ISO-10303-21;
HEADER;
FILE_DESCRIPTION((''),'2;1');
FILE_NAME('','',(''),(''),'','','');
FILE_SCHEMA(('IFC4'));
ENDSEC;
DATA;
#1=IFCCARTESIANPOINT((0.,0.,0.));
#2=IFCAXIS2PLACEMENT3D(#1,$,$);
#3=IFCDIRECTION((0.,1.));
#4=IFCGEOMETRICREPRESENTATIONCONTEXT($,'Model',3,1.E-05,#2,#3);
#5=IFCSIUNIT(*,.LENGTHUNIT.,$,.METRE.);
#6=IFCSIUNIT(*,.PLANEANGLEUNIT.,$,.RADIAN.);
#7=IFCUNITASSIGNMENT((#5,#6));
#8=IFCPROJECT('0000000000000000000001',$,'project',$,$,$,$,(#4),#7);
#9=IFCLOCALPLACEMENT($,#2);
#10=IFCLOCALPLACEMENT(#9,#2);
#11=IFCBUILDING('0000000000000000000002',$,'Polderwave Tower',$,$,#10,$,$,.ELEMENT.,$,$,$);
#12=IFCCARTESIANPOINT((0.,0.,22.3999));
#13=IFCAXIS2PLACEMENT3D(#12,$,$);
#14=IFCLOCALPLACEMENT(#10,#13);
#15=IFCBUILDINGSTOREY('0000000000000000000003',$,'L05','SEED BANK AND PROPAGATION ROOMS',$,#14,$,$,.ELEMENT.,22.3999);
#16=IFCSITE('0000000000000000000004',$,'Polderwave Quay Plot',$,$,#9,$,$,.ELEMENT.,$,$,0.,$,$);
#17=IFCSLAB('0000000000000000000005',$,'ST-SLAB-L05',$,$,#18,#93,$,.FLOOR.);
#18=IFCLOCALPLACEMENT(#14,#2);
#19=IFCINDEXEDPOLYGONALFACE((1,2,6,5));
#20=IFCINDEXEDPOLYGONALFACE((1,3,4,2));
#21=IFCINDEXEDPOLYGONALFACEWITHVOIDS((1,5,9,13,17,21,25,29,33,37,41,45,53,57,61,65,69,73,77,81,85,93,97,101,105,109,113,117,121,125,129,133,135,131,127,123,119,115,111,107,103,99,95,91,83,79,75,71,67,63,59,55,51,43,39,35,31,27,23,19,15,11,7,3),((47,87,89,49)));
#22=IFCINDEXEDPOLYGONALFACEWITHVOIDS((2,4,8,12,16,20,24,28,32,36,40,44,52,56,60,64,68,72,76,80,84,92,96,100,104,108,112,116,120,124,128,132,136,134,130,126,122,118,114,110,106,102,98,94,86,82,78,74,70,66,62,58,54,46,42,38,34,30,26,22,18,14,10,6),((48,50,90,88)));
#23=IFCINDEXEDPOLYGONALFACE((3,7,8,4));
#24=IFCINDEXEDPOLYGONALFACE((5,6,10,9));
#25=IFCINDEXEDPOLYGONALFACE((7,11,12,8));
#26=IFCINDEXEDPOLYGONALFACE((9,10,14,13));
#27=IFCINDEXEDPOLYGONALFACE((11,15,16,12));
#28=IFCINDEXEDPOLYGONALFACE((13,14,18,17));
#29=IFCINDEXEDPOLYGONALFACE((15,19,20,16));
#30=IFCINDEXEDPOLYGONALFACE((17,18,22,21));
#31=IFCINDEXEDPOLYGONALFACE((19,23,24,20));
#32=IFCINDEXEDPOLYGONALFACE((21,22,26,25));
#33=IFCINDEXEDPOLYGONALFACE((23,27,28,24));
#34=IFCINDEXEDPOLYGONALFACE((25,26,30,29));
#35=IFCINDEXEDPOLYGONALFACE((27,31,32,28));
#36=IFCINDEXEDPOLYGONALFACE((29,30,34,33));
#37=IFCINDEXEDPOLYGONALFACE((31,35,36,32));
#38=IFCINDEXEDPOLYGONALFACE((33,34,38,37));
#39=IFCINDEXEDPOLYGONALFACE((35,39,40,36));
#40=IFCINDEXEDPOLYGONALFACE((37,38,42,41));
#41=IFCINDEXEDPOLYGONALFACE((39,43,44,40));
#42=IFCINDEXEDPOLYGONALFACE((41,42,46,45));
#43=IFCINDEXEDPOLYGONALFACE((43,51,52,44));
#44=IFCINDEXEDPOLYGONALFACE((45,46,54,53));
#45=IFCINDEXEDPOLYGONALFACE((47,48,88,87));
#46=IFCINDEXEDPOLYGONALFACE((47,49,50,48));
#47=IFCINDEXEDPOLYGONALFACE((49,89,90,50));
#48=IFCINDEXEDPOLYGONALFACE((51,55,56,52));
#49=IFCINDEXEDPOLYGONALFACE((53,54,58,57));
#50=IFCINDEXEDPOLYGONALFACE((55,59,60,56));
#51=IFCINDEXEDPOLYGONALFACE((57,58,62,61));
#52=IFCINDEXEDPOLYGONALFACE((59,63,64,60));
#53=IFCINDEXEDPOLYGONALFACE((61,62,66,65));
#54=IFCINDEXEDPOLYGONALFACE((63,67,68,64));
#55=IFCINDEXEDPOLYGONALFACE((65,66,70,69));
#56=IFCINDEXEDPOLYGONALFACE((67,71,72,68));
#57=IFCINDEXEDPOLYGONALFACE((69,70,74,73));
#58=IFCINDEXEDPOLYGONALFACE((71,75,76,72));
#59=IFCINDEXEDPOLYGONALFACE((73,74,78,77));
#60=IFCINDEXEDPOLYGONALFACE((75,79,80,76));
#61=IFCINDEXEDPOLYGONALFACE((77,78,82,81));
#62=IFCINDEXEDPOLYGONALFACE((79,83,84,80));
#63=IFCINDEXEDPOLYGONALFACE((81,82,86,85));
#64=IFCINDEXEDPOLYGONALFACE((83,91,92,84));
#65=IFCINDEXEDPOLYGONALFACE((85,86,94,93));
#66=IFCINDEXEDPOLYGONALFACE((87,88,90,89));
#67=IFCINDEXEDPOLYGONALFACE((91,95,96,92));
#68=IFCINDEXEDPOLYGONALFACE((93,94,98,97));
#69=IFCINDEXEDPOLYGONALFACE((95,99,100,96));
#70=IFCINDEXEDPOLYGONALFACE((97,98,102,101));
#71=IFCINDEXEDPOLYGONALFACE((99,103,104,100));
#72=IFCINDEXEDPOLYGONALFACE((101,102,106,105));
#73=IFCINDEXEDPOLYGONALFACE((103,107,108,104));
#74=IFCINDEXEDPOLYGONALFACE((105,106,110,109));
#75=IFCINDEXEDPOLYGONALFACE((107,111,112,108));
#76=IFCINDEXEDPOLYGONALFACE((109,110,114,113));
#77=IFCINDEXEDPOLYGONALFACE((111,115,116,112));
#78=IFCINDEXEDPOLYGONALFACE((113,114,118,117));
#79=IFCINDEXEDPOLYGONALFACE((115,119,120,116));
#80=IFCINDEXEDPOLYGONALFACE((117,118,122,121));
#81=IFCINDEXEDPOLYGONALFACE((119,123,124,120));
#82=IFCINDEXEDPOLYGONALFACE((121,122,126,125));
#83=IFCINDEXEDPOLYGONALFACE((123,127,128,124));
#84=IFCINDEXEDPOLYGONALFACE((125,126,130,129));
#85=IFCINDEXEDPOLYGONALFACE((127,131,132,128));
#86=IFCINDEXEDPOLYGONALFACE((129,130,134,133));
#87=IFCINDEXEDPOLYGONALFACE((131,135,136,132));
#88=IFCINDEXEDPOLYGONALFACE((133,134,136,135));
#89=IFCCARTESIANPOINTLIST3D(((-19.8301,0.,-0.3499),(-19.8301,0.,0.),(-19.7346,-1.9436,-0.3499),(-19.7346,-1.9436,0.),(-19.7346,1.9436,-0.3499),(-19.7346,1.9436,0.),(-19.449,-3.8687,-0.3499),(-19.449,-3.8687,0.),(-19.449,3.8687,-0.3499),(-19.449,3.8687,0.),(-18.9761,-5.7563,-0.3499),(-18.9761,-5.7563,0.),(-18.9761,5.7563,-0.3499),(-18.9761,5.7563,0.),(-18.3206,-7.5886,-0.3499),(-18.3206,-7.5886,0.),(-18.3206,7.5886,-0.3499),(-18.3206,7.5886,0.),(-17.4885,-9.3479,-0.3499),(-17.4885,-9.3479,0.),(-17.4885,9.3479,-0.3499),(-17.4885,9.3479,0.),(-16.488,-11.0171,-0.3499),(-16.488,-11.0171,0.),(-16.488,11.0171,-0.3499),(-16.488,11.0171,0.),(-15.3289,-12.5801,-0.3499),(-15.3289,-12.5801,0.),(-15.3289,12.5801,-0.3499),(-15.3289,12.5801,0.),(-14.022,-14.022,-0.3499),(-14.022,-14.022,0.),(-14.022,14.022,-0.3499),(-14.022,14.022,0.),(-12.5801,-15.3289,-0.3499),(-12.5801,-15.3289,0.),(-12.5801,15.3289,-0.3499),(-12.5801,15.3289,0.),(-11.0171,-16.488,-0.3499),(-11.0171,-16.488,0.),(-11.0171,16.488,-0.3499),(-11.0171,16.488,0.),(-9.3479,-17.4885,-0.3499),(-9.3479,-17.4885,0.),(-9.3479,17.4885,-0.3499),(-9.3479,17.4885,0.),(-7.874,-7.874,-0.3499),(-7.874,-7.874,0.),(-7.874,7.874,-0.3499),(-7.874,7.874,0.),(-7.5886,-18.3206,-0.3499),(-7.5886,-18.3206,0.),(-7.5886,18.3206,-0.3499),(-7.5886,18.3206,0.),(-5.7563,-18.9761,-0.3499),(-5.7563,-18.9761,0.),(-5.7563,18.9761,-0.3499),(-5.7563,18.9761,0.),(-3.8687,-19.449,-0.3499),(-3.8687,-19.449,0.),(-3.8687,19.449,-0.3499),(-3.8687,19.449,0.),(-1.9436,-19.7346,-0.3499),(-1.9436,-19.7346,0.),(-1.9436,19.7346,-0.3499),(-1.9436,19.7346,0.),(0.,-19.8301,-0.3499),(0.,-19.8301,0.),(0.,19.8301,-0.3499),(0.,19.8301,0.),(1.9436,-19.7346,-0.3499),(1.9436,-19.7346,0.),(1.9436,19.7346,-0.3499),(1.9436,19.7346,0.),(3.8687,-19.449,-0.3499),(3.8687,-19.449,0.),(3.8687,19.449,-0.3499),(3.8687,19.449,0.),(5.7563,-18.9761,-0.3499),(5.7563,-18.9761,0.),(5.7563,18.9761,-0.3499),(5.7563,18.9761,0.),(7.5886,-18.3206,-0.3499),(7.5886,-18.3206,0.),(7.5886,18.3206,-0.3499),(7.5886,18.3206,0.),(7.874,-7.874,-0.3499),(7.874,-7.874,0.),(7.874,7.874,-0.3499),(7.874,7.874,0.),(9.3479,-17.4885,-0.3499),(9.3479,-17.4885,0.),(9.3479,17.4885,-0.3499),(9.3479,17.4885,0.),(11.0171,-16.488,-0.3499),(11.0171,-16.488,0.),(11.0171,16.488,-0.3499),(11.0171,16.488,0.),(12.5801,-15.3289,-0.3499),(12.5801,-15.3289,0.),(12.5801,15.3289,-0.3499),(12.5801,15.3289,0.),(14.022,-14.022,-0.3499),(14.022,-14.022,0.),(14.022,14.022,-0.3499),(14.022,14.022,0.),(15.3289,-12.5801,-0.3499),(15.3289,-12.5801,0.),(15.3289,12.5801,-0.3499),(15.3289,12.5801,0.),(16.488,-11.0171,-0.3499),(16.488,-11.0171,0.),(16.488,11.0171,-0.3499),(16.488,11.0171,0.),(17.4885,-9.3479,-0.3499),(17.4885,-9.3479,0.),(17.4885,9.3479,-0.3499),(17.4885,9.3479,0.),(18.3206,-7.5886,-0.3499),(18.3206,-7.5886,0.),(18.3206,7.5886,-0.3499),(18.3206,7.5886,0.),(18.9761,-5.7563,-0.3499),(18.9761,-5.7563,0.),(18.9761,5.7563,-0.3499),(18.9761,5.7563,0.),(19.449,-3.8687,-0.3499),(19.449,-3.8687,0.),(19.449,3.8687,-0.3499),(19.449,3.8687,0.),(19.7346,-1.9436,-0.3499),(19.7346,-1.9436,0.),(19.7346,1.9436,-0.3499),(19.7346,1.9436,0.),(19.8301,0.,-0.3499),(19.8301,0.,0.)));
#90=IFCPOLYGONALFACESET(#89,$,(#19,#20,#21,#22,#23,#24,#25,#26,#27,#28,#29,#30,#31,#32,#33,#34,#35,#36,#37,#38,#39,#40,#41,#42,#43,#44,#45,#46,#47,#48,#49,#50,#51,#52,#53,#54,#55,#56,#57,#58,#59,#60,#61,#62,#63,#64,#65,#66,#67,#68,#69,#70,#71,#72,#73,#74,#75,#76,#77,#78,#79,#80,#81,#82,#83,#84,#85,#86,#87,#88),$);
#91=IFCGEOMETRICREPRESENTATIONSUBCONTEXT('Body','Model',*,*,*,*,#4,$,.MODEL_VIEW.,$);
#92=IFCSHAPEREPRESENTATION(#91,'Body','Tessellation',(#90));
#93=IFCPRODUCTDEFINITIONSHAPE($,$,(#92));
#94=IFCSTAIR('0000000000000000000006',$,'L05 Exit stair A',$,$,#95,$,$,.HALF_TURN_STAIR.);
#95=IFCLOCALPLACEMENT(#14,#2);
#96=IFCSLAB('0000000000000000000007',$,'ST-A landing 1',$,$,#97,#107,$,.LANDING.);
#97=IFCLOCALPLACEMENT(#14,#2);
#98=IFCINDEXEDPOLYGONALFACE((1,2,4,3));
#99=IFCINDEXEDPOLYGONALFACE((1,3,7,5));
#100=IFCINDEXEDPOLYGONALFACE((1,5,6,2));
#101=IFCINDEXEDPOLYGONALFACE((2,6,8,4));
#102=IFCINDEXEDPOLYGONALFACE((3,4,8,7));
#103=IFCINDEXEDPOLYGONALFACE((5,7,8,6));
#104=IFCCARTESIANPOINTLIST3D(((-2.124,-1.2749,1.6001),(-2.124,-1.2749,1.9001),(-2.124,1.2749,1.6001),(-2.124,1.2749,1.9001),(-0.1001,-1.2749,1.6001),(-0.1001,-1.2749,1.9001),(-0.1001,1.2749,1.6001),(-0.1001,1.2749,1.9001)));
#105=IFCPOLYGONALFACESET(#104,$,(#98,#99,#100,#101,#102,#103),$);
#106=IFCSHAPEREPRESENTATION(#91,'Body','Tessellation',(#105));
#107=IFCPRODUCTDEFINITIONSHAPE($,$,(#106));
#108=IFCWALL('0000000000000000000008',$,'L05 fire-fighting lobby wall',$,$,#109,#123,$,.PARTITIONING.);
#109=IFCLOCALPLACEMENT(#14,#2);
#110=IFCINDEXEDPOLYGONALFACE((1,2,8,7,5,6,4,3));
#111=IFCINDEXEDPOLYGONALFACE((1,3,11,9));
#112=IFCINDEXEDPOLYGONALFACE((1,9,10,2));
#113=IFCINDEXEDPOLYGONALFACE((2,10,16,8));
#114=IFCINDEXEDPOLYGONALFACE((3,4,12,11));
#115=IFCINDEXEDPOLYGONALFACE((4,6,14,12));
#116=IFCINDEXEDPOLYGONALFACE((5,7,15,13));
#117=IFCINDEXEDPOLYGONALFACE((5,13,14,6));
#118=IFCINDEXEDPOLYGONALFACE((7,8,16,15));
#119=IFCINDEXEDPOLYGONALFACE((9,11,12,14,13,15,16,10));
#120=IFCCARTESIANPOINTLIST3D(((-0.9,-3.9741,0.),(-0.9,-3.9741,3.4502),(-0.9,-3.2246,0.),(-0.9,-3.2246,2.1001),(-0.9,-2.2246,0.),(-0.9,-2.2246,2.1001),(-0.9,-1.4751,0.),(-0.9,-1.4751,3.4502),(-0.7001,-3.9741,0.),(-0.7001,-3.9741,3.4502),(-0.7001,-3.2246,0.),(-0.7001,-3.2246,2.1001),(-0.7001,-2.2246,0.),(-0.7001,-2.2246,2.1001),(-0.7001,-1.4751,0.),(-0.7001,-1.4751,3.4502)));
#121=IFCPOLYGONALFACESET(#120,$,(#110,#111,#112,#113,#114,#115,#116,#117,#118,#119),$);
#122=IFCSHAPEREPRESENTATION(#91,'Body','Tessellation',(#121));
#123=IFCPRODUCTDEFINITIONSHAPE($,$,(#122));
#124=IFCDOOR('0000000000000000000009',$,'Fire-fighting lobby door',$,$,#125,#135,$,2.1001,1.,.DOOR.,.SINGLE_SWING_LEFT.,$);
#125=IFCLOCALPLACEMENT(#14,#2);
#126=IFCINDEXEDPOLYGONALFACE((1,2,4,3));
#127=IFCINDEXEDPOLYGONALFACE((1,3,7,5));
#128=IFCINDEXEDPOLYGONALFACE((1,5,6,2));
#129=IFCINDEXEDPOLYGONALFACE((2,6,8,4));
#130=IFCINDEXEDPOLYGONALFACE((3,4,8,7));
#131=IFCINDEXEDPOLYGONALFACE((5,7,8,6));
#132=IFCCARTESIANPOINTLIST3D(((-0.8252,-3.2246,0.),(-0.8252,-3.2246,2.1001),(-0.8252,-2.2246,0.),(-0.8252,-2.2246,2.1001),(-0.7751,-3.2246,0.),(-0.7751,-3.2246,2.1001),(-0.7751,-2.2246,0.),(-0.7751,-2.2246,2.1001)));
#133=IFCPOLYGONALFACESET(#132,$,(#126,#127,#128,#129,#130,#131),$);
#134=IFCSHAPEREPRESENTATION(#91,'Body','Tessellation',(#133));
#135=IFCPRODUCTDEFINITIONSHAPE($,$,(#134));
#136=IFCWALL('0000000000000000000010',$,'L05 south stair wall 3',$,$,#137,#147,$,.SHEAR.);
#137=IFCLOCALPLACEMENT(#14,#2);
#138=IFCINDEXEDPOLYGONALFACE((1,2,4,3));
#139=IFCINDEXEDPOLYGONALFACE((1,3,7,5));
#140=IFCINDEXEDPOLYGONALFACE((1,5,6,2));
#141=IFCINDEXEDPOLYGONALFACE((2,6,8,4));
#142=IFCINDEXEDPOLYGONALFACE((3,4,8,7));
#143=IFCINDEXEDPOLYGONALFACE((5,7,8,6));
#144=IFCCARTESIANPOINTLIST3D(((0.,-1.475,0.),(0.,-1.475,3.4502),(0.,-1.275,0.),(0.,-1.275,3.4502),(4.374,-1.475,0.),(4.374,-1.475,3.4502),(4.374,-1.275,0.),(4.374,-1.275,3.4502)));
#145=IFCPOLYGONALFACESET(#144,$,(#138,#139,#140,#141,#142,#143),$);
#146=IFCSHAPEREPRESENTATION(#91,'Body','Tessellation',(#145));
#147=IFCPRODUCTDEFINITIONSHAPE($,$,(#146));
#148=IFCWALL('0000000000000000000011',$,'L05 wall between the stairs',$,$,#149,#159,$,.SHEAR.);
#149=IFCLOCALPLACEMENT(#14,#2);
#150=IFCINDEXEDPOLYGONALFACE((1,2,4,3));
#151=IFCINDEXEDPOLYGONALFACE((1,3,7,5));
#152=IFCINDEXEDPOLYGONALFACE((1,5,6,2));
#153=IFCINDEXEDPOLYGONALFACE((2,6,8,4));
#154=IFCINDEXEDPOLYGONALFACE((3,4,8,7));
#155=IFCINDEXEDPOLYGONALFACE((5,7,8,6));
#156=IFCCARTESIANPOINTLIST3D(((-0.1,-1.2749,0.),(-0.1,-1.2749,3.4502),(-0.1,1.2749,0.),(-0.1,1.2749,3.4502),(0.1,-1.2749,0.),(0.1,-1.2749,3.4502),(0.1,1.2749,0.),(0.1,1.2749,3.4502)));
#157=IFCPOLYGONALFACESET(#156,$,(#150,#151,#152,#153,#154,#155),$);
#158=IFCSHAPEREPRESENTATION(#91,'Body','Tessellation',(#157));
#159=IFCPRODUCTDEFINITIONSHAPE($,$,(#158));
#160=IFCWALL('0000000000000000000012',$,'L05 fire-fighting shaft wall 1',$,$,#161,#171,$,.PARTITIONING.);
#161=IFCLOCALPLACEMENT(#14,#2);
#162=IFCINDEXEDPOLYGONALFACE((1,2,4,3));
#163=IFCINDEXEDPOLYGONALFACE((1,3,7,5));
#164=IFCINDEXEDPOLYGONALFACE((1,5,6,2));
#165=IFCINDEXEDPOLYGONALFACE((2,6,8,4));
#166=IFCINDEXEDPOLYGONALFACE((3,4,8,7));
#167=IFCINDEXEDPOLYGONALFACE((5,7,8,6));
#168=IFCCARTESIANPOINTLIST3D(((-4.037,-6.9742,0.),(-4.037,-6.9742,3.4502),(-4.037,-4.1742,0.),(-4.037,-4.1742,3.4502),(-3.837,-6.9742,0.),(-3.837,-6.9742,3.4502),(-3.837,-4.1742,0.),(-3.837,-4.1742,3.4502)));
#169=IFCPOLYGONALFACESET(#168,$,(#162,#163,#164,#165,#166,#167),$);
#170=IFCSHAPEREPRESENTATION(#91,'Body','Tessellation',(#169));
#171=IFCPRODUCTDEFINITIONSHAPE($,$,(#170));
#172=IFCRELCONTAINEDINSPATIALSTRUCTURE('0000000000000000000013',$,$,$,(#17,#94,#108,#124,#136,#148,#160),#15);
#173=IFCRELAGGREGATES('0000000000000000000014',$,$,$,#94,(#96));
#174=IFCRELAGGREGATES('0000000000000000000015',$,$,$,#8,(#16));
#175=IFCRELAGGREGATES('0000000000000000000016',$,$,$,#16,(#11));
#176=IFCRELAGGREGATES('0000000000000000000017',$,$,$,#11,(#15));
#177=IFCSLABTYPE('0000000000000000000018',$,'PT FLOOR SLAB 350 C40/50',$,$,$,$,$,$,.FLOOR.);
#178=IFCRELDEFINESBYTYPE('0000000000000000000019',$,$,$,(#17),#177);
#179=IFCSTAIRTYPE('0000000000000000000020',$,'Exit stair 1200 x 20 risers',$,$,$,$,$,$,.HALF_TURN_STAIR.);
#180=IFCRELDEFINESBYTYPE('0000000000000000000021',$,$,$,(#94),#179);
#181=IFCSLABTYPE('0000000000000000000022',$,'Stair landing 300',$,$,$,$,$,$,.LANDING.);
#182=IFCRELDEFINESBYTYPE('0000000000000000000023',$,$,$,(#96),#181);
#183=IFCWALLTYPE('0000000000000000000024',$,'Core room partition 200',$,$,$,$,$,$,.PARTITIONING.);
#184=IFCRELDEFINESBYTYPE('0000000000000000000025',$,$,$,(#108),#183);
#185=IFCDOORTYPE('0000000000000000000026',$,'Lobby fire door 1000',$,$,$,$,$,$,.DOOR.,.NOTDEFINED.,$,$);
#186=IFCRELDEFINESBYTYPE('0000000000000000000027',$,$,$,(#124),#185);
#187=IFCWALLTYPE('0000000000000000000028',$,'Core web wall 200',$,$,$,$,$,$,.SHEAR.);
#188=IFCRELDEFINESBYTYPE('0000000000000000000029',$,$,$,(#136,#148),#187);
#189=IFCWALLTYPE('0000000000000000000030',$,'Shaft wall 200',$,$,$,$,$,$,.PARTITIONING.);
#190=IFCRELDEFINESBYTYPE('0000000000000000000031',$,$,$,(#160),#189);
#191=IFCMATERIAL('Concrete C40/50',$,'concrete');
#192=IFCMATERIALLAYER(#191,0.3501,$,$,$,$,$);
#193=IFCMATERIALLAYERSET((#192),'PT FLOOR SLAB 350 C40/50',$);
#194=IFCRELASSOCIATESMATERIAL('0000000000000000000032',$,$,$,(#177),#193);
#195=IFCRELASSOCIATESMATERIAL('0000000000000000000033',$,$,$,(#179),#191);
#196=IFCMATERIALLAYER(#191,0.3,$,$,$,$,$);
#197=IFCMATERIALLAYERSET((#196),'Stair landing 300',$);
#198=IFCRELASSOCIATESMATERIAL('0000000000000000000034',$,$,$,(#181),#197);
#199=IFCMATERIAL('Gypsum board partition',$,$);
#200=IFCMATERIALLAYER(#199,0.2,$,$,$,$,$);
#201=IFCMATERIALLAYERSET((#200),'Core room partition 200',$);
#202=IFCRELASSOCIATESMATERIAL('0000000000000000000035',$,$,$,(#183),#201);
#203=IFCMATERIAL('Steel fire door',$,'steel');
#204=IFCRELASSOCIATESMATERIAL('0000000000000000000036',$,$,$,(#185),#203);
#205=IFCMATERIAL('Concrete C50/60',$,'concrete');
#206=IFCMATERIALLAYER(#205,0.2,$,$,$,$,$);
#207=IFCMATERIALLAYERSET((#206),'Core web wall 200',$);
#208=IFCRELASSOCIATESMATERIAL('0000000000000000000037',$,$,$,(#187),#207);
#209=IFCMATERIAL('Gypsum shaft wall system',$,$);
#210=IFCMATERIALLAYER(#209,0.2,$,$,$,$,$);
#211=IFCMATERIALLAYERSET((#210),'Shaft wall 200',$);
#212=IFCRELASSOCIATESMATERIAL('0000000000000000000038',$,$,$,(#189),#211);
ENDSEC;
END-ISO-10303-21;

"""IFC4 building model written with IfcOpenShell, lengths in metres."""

from ifc_helpers import new_model, si_unit, direction, frame, frame_2d, origin, place, context, subcontext, project, spatial, polyline, rectangle, outline, extrude, material, layer, layer_set, type_object, element, fill, aggregate, save


model = new_model("IFC4")

# Units and contexts
model_context = context("Model", 3, precision=1e-05, world=origin(), true_north=direction((0.0, 1.0)))
body_context = subcontext(model_context, "Body", "Model", "MODEL_VIEW")
ifc_project = project(units=[si_unit("LENGTHUNIT", "METRE"), si_unit("PLANEANGLEUNIT", "RADIAN")], contexts=[model_context])

# Site, building, storey
site_placement = place(None, origin())
site = spatial("IfcSite", under=ifc_project, at=site_placement, Name="Polderwave Quay Plot", CompositionType="ELEMENT", RefElevation=0.0)
building_placement = place(site_placement, origin())
building = spatial("IfcBuilding", under=site, at=building_placement, Name="Polderwave Tower", CompositionType="ELEMENT")
storey_placement = place(building_placement, frame((0.0, 0.0, 22.3999)))
storey = spatial("IfcBuildingStorey", under=building, at=storey_placement, Name="L05", Description="SEED BANK AND PROPAGATION ROOMS", CompositionType="ELEMENT", Elevation=22.3999)

# Slab
ifc_material_1 = material(Name="Concrete C40/50", Category="concrete")
ifc_layer_1 = layer(ifc_material_1, 0.3501)
ifc_layer_set_1 = layer_set([ifc_layer_1], Name="PT FLOOR SLAB 350 C40/50")
slab_type_1 = type_object("IfcSlabType", Name="PT FLOOR SLAB 350 C40/50", PredefinedType="FLOOR", material=ifc_layer_set_1)
slab_1_placement = place(storey_placement, frame((0.0, 0.0, -0.3499)))
element("IfcSlab", 1, at=slab_1_placement, inside=storey, type_object=slab_type_1, Name="ST-SLAB-L05", PredefinedType="FLOOR", context=body_context, shape_type="SweptSolid", body=[
    extrude(outline(polyline([(19.8301, 0.0), (19.7346, 1.9436), (19.449, 3.8687), (18.9761, 5.7563), (18.3206, 7.5886), (17.4885, 9.3479), (16.488, 11.0171), (15.3289, 12.5801), (14.022, 14.022), (12.5801, 15.3289), (11.0171, 16.488), (9.3479, 17.4885), (7.5886, 18.3206), (5.7563, 18.9761), (3.8687, 19.449), (1.9436, 19.7346), (0.0, 19.8301), (-1.9436, 19.7346), (-3.8687, 19.449), (-5.7563, 18.9761), (-7.5886, 18.3206), (-9.3479, 17.4885), (-11.0171, 16.488), (-12.5801, 15.3289), (-14.022, 14.022), (-15.3289, 12.5801), (-16.488, 11.0171), (-17.4885, 9.3479), (-18.3206, 7.5886), (-18.9761, 5.7563), (-19.449, 3.8687), (-19.7346, 1.9436), (-19.8301, 0.0), (-19.7346, -1.9436), (-19.449, -3.8687), (-18.9761, -5.7563), (-18.3206, -7.5886), (-17.4885, -9.3479), (-16.488, -11.0171), (-15.3289, -12.5801), (-14.022, -14.022), (-12.5801, -15.3289), (-11.0171, -16.488), (-9.3479, -17.4885), (-7.5886, -18.3206), (-5.7563, -18.9761), (-3.8687, -19.449), (-1.9436, -19.7346), (0.0, -19.8301), (1.9436, -19.7346), (3.8687, -19.449), (5.7563, -18.9761), (7.5886, -18.3206), (9.3479, -17.4885), (11.0171, -16.488), (12.5801, -15.3289), (14.022, -14.022), (15.3289, -12.5801), (16.488, -11.0171), (17.4885, -9.3479), (18.3206, -7.5886), (18.9761, -5.7563), (19.449, -3.8687), (19.7346, -1.9436), (19.8301, 0.0)]), holes=[polyline([(-7.874, -7.874), (7.874, -7.874), (7.874, 7.874), (-7.874, 7.874), (-7.874, -7.874)])]), origin(), (0.0, 0.0, 1.0), 0.3499),
])

# Stair, slab
stair_type = type_object("IfcStairType", Name="Exit stair 1200 x 20 risers", PredefinedType="HALF_TURN_STAIR", material=ifc_material_1)
stair_placement = place(storey_placement, origin())
stair = element("IfcStair", 2, at=stair_placement, inside=storey, type_object=stair_type, Name="L05 Exit stair A", PredefinedType="HALF_TURN_STAIR")
ifc_layer_2 = layer(ifc_material_1, 0.3)
ifc_layer_set_2 = layer_set([ifc_layer_2], Name="Stair landing 300")
slab_type_2 = type_object("IfcSlabType", Name="Stair landing 300", PredefinedType="LANDING", material=ifc_layer_set_2)
slab_2_placement = place(storey_placement, frame((0.0, 0.0, 1.6001)))
slab_2 = element("IfcSlab", 3, at=slab_2_placement, type_object=slab_type_2, Name="ST-A landing 1", PredefinedType="LANDING", context=body_context, shape_type="SweptSolid", body=[
    extrude(outline(polyline([(-2.124, -1.2749), (-0.1001, -1.2749), (-0.1001, 1.2749), (-2.124, 1.2749), (-2.124, -1.2749)])), origin(), (0.0, 0.0, 1.0), 0.3),
])

# Wall, opening, door
ifc_material_2 = material(Name="Gypsum board partition")
ifc_layer_3 = layer(ifc_material_2, 0.2)
ifc_layer_set_3 = layer_set([ifc_layer_3], Name="Core room partition 200")
wall_type_1 = type_object("IfcWallType", Name="Core room partition 200", PredefinedType="PARTITIONING", material=ifc_layer_set_3)
wall_1_placement = place(storey_placement, frame((-0.8, -3.9741, 0.0), z_axis=(0.0, 0.0, 1.0), x_axis=(0.0, 1.0, 0.0)))
wall_1 = element("IfcWall", 4, at=wall_1_placement, inside=storey, type_object=wall_type_1, Name="L05 fire-fighting lobby wall", PredefinedType="PARTITIONING", context=body_context, shape_type="SweptSolid", body=[
    extrude(rectangle(XDim=2.499, YDim=0.2, at=frame_2d((1.2495, 0.0))), origin(), (0.0, 0.0, 1.0), 3.4502),
])
opening_placement = place(wall_1_placement, frame((0.7495, 0.0, 0.0)))
opening = element("IfcOpeningElement", 5, at=opening_placement, cuts=wall_1, PredefinedType="OPENING", context=body_context, shape_type="SweptSolid", body=[
    extrude(rectangle(XDim=1.0, YDim=2.1001, at=frame_2d((0.5, 1.05))), frame((0.0, 0.1099, 0.0), z_axis=(0.0, -1.0, 0.0), x_axis=(1.0, 0.0, 0.0)), (0.0, 0.0, 1.0), 0.22),
])
ifc_material_3 = material(Name="Steel fire door", Category="steel")
door_type = type_object("IfcDoorType", Name="Lobby fire door 1000", OperationType="NOTDEFINED", PredefinedType="DOOR", material=ifc_material_3)
door_placement = place(opening_placement, frame((1.0, 0.0, 0.0), z_axis=(0.0, 0.0, 1.0), x_axis=(-1.0, 0.0, 0.0)))
door = element("IfcDoor", 6, at=door_placement, inside=storey, type_object=door_type, Name="Fire-fighting lobby door", OperationType="SINGLE_SWING_LEFT", OverallHeight=2.1001, OverallWidth=1.0, PredefinedType="DOOR", context=body_context, shape_type="SweptSolid", body=[
    extrude(rectangle(XDim=1.0, YDim=2.1001, at=frame_2d((0.5, 1.05))), frame((0.0, 0.0249, 0.0), z_axis=(0.0, -1.0, 0.0), x_axis=(1.0, 0.0, 0.0)), (0.0, 0.0, 1.0), 0.05),
])
fill(opening, door)

# Walls
ifc_material_4 = material(Name="Concrete C50/60", Category="concrete")
ifc_layer_4 = layer(ifc_material_4, 0.2)
ifc_layer_set_4 = layer_set([ifc_layer_4], Name="Core web wall 200")
wall_type_2 = type_object("IfcWallType", Name="Core web wall 200", PredefinedType="SHEAR", material=ifc_layer_set_4)
wall_2_placement = place(storey_placement, frame((0.0, -1.375, 0.0), z_axis=(0.0, 0.0, 1.0), x_axis=(1.0, 0.0, 0.0)))
element("IfcWall", 7, at=wall_2_placement, inside=storey, type_object=wall_type_2, Name="L05 south stair wall 3", PredefinedType="SHEAR", context=body_context, shape_type="SweptSolid", body=[
    extrude(rectangle(XDim=4.374, YDim=0.2, at=frame_2d((2.187, 0.0))), origin(), (0.0, 0.0, 1.0), 3.4502),
])
wall_3_placement = place(storey_placement, frame((0.0, -1.2749, 0.0), z_axis=(0.0, 0.0, 1.0), x_axis=(0.0, 1.0, 0.0)))
element("IfcWall", 8, at=wall_3_placement, inside=storey, type_object=wall_type_2, Name="L05 wall between the stairs", PredefinedType="SHEAR", context=body_context, shape_type="SweptSolid", body=[
    extrude(rectangle(XDim=2.5498, YDim=0.2, at=frame_2d((1.2749, 0.0))), origin(), (0.0, 0.0, 1.0), 3.4502),
])
ifc_material_5 = material(Name="Gypsum shaft wall system")
ifc_layer_5 = layer(ifc_material_5, 0.2)
ifc_layer_set_5 = layer_set([ifc_layer_5], Name="Shaft wall 200")
wall_type_3 = type_object("IfcWallType", Name="Shaft wall 200", PredefinedType="PARTITIONING", material=ifc_layer_set_5)
for number, where, z_axis, x_axis, name in (
    (9, (-3.937, -6.9741, 0.0), (0.0, 0.0, 1.0), (0.0, 1.0, 0.0), "L05 fire-fighting shaft wall 1"),
):
    element("IfcWall", number, at=place(storey_placement, frame(where, z_axis=z_axis, x_axis=x_axis)), inside=storey, type_object=wall_type_3, Name=name, PredefinedType="PARTITIONING", context=body_context, shape_type="SweptSolid", body=[
        extrude(rectangle(XDim=2.8, YDim=0.2, at=frame_2d((1.3999, 0.0))), origin(), (0.0, 0.0, 1.0), 3.4502),
    ])

aggregate(stair, [slab_2])

save(model, "model.ifc")
